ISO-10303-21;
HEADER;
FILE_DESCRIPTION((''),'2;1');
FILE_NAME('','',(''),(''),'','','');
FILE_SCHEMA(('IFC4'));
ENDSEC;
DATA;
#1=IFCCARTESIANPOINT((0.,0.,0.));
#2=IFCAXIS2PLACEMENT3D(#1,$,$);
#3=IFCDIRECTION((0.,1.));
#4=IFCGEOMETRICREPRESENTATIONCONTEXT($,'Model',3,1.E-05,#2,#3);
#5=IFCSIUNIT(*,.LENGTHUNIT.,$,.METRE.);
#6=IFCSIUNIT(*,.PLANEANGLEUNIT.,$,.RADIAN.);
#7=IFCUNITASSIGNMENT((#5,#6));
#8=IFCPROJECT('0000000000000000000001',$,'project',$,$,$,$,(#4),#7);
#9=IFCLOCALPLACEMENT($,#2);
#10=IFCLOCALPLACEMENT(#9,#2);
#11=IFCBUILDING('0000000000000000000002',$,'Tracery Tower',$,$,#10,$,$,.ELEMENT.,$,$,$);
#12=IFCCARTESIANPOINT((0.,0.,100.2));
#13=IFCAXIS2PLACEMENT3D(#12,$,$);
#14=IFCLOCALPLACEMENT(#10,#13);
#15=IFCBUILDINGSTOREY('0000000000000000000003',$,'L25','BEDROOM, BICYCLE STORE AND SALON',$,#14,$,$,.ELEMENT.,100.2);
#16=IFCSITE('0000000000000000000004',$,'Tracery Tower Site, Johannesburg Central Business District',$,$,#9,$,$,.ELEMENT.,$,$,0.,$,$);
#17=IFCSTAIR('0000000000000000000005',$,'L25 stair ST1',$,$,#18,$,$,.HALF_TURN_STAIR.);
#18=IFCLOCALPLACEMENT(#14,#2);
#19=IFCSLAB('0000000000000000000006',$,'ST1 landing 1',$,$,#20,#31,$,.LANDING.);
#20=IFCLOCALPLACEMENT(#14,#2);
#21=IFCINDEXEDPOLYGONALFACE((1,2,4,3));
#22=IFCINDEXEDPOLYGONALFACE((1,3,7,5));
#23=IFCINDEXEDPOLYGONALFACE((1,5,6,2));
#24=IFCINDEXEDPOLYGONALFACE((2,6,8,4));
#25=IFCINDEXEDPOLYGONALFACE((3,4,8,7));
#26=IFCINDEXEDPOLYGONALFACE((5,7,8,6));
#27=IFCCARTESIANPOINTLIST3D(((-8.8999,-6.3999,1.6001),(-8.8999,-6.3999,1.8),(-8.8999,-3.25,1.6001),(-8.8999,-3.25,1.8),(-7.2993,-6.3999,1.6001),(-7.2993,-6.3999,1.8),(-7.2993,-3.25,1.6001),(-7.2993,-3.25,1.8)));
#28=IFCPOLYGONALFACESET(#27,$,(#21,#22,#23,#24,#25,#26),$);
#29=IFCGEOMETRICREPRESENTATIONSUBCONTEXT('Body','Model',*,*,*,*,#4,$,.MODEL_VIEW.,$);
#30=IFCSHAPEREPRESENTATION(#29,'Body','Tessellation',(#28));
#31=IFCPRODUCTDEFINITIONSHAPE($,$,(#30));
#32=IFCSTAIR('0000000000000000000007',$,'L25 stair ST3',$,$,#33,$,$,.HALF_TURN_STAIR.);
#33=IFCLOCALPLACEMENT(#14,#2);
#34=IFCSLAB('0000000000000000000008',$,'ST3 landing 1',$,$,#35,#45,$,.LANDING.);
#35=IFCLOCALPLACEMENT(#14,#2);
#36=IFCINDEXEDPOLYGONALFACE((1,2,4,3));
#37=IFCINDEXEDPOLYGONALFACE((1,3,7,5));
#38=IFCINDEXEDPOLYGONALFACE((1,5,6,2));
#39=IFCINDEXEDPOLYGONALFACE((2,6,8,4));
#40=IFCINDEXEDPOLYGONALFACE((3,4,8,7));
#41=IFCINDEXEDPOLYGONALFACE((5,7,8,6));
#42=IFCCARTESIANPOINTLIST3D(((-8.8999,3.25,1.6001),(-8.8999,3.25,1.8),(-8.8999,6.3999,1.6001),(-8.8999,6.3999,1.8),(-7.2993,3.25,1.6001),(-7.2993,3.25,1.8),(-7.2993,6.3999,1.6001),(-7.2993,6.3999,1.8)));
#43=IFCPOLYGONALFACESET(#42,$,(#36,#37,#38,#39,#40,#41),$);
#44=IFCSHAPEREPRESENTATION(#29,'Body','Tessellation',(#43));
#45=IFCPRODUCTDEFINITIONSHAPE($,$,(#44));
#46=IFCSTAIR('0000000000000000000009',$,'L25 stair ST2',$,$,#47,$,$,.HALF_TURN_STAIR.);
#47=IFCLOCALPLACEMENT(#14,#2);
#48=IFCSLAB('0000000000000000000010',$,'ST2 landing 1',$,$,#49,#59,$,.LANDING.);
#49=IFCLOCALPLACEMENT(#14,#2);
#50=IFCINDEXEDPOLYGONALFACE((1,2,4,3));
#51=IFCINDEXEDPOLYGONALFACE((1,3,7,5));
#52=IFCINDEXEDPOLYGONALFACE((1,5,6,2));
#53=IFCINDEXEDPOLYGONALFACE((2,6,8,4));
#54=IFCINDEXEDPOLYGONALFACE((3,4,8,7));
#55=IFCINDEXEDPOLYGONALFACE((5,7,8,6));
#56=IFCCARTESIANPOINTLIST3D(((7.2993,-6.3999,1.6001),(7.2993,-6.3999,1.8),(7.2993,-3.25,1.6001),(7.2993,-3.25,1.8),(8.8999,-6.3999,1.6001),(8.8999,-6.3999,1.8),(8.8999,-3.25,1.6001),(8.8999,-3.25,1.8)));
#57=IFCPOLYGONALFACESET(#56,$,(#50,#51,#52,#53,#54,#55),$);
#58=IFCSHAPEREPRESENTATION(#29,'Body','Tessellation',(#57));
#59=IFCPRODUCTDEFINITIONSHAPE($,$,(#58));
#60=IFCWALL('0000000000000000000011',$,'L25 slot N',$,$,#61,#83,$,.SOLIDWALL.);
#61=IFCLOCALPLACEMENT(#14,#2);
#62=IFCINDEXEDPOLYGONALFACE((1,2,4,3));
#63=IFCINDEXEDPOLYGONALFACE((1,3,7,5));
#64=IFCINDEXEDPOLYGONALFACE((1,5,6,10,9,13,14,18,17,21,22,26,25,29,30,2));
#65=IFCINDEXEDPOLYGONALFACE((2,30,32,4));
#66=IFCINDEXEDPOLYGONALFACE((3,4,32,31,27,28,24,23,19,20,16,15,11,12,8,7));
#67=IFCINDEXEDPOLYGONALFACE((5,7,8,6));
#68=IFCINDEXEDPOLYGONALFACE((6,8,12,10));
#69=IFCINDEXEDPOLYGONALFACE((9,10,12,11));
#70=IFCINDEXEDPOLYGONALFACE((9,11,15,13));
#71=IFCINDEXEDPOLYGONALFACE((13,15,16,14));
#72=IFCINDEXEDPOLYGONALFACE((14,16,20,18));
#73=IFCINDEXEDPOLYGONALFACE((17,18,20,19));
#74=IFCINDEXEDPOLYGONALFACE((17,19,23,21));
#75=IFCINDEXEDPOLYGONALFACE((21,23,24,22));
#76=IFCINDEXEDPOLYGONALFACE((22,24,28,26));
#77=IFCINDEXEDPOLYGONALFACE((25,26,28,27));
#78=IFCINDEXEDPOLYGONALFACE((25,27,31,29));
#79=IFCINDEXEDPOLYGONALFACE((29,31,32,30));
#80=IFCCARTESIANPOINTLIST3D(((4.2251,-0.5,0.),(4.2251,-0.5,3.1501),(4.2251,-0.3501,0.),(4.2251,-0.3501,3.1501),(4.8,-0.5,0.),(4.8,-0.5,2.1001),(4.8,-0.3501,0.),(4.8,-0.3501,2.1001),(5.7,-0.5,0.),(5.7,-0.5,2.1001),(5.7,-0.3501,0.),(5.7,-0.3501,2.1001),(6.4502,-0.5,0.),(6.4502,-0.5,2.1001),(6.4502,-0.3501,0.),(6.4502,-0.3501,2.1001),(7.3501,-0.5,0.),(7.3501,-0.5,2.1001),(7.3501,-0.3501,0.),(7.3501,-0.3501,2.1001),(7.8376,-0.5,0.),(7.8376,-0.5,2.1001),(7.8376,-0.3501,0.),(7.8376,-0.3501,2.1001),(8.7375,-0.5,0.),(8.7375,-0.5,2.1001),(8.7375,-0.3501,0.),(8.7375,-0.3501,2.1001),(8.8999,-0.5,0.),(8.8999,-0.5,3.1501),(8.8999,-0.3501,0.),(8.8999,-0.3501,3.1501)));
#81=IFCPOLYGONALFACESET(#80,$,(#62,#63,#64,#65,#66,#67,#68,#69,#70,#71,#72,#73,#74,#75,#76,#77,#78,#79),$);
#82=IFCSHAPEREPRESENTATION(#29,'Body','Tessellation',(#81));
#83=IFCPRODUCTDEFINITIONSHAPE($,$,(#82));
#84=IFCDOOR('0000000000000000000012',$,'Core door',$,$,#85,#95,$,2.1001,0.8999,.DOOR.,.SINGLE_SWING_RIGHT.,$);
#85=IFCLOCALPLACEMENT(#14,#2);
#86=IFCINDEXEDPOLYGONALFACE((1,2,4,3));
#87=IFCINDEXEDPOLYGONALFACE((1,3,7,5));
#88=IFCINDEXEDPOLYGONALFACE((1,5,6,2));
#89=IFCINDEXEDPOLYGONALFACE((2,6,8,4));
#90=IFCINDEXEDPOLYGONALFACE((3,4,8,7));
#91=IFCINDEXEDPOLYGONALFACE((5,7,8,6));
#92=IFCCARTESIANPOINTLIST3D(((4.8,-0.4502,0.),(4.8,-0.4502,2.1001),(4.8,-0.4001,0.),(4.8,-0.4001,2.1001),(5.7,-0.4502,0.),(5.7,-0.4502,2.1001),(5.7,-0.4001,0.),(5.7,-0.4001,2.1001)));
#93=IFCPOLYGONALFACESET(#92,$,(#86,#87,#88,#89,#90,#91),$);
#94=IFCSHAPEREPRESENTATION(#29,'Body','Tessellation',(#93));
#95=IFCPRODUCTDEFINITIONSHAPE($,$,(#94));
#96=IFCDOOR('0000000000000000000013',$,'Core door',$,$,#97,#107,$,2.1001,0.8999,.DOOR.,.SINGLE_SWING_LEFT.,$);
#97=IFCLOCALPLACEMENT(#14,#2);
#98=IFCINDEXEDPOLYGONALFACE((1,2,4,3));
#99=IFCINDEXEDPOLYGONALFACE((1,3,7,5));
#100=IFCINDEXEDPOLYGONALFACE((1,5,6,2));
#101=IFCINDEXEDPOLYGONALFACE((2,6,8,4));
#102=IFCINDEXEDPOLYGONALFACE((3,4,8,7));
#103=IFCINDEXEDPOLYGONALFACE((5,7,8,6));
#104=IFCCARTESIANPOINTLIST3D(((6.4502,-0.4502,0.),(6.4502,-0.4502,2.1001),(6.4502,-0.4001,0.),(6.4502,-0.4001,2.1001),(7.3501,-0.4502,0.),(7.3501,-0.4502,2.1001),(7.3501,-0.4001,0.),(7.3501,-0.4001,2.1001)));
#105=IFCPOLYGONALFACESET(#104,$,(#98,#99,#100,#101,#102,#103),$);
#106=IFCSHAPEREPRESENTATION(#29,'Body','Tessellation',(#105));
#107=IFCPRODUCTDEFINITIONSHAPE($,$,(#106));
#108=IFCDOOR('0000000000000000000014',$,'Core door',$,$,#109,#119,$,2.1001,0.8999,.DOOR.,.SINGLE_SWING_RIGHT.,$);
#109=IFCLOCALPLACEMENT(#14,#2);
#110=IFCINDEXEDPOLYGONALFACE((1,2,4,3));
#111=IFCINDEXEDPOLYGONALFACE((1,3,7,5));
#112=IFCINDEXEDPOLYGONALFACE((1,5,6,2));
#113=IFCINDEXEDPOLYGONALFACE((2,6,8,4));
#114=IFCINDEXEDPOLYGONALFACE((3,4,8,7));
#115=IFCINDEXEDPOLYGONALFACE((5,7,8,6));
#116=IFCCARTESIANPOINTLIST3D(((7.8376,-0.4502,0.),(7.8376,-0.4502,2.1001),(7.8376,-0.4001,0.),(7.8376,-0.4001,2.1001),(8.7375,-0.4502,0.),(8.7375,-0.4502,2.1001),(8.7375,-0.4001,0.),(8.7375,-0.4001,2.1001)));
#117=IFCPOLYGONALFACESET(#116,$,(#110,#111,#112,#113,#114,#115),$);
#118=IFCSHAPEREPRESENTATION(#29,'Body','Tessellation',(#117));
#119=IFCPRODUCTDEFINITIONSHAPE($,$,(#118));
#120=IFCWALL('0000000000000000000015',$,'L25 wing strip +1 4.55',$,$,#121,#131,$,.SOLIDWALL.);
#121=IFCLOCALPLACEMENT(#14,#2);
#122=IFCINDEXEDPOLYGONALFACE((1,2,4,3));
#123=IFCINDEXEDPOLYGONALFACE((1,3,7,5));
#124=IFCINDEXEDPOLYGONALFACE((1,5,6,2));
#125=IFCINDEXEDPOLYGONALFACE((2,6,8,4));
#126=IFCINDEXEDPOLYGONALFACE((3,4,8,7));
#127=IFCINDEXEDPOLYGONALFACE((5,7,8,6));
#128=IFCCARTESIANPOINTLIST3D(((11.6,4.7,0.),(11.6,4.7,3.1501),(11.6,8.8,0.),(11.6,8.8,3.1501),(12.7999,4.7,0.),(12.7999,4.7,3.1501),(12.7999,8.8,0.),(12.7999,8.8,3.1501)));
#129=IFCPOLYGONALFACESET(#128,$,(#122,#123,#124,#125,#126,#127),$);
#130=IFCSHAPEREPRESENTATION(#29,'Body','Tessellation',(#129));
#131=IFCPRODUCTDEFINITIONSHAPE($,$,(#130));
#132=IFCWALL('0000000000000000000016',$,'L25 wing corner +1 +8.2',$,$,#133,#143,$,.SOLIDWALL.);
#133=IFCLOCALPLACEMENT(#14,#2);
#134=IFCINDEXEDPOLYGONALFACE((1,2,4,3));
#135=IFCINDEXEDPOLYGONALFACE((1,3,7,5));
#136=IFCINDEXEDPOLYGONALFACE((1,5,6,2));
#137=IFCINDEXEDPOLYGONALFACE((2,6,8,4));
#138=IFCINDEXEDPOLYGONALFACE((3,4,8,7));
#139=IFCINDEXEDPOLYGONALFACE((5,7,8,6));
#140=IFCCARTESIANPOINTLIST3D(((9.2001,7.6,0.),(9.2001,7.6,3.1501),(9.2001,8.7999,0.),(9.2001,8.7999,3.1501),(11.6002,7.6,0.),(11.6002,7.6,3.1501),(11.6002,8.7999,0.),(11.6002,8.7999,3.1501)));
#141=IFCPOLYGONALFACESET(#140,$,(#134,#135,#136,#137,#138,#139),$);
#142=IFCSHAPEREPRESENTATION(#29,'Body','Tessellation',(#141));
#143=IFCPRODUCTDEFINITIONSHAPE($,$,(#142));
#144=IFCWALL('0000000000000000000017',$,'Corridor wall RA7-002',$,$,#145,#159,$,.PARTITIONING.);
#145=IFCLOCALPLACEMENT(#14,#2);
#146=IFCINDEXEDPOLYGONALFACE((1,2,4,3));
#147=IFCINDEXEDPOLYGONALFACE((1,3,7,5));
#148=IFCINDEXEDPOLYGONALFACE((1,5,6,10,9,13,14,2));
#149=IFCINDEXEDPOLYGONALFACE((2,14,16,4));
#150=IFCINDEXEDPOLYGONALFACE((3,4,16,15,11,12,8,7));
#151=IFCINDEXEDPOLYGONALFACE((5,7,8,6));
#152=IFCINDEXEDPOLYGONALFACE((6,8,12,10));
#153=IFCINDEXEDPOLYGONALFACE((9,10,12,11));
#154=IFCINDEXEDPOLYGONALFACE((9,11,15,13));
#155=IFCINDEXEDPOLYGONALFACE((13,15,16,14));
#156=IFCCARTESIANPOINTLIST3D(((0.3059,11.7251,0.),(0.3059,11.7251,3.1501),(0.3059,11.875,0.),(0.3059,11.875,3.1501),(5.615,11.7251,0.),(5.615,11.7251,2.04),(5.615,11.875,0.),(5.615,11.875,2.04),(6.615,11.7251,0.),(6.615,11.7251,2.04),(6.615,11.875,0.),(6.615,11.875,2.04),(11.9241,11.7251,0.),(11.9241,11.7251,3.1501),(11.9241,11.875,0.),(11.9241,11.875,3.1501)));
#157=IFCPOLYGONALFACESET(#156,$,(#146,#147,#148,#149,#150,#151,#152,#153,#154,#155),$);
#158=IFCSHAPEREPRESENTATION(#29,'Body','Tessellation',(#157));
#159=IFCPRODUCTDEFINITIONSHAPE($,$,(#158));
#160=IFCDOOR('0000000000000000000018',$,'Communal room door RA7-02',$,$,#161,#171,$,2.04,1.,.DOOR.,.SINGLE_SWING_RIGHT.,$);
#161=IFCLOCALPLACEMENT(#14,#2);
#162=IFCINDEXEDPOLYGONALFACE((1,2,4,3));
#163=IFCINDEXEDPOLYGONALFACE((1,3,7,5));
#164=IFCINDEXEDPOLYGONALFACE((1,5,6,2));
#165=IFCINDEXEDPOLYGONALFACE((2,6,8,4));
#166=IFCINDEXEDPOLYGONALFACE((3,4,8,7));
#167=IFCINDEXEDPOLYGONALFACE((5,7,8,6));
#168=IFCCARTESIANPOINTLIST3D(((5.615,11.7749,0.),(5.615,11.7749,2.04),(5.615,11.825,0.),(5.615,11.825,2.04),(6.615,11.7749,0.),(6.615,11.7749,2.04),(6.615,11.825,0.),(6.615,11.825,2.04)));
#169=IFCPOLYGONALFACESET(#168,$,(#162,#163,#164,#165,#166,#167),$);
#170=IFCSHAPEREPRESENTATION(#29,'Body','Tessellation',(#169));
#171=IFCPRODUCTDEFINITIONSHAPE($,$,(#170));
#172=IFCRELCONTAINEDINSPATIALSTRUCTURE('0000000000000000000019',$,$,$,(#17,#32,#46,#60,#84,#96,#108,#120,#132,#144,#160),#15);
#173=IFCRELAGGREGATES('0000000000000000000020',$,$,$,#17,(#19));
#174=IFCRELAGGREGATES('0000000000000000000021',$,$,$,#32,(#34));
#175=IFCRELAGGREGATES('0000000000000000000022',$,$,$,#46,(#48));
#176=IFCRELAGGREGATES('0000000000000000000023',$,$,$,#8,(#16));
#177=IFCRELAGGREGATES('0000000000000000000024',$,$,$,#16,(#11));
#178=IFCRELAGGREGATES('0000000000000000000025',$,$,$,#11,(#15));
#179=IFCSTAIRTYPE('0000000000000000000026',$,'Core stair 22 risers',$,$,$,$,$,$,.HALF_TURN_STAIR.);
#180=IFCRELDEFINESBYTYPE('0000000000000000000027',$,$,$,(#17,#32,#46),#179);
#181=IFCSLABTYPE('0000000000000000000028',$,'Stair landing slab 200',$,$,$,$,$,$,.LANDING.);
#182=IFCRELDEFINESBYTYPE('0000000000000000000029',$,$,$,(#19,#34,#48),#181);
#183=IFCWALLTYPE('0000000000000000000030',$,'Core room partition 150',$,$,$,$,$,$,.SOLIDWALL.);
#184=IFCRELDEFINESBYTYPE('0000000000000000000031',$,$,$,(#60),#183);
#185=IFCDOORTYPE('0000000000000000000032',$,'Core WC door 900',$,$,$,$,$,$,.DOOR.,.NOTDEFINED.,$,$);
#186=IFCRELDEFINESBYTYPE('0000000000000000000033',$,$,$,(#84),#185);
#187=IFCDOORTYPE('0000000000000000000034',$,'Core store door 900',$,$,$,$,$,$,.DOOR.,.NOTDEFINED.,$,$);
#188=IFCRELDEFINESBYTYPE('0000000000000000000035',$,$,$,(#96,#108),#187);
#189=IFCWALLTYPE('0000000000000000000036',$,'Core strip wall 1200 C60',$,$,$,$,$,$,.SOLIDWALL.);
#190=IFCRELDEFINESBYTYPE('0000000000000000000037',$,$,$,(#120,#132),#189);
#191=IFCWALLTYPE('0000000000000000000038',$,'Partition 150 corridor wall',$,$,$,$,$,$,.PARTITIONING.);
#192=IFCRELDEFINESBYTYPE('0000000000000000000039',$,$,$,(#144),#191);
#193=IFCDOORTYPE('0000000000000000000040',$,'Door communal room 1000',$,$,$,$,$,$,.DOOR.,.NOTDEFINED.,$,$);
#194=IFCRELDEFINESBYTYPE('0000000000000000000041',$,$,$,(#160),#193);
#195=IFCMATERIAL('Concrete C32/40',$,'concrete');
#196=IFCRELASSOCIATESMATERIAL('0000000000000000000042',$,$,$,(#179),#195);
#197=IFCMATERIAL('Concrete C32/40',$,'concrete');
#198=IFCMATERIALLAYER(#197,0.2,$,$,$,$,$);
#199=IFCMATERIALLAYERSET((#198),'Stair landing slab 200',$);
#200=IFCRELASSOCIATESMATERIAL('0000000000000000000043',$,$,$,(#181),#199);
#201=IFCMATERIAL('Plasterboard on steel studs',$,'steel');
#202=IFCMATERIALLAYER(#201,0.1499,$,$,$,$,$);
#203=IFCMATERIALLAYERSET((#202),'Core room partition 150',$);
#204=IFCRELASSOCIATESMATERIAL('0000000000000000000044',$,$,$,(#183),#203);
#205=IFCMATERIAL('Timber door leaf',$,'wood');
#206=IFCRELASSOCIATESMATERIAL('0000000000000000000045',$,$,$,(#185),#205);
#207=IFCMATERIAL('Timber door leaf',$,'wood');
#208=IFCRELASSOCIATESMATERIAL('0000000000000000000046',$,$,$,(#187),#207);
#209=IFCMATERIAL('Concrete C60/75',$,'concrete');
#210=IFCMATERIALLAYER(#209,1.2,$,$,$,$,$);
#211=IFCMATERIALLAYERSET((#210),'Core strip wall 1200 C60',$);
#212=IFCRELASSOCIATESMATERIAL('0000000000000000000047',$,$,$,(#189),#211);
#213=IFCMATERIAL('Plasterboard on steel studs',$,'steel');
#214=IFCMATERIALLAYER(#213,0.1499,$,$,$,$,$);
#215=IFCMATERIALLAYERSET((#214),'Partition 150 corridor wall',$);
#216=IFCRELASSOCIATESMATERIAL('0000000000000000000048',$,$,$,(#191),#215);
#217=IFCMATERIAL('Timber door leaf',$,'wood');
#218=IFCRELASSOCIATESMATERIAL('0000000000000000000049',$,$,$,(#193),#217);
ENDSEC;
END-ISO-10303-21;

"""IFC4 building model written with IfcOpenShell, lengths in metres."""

from ifc_helpers import new_model, si_unit, direction, frame, frame_2d, origin, place, context, subcontext, project, spatial, polyline, rectangle, outline, extrude, material, layer, layer_set, type_object, element, fill, aggregate, save


model = new_model("IFC4")

# Units and contexts
model_context = context("Model", 3, precision=1e-05, world=origin(), true_north=direction((0.0, 1.0)))
body_context = subcontext(model_context, "Body", "Model", "MODEL_VIEW")
ifc_project = project(units=[si_unit("LENGTHUNIT", "METRE"), si_unit("PLANEANGLEUNIT", "RADIAN")], contexts=[model_context])

# Site, building, storey
site_placement = place(None, origin())
site = spatial("IfcSite", under=ifc_project, at=site_placement, Name="Tracery Tower Site, Johannesburg Central Business District", CompositionType="ELEMENT", RefElevation=0.0)
building_placement = place(site_placement, origin())
building = spatial("IfcBuilding", under=site, at=building_placement, Name="Tracery Tower", CompositionType="ELEMENT")
storey_placement = place(building_placement, frame((0.0, 0.0, 100.2)))
storey = spatial("IfcBuildingStorey", under=building, at=storey_placement, Name="L25", Description="BEDROOM, BICYCLE STORE AND SALON", CompositionType="ELEMENT", Elevation=100.2)

# Stairs, slabs
ifc_material_1 = material(Name="Concrete C32/40", Category="concrete")
stair_type = type_object("IfcStairType", Name="Core stair 22 risers", PredefinedType="HALF_TURN_STAIR", material=ifc_material_1)
stair_1_placement = place(storey_placement, origin())
stair_1 = element("IfcStair", 1, at=stair_1_placement, inside=storey, type_object=stair_type, Name="L25 stair ST1", PredefinedType="HALF_TURN_STAIR")
ifc_material_2 = material(Name="Concrete C32/40", Category="concrete")
ifc_layer_1 = layer(ifc_material_2, 0.2)
ifc_layer_set_1 = layer_set([ifc_layer_1], Name="Stair landing slab 200")
slab_type_1 = type_object("IfcSlabType", Name="Stair landing slab 200", PredefinedType="LANDING", material=ifc_layer_set_1)
slab_1_placement = place(storey_placement, frame((0.0, 0.0, 1.6001)))
slab_1 = element("IfcSlab", 2, at=slab_1_placement, type_object=slab_type_1, Name="ST1 landing 1", PredefinedType="LANDING", context=body_context, shape_type="SweptSolid", body=[
    extrude(outline(polyline([(-7.2993, -3.25), (-8.8999, -3.25), (-8.8999, -6.3999), (-7.2993, -6.3999), (-7.2993, -3.25)])), origin(), (0.0, 0.0, 1.0), 0.2),
])
aggregate(stair_1, [slab_1])
stair_2_placement = place(storey_placement, origin())
stair_2 = element("IfcStair", 3, at=stair_2_placement, inside=storey, type_object=stair_type, Name="L25 stair ST3", PredefinedType="HALF_TURN_STAIR")
slab_2_placement = place(storey_placement, frame((0.0, 0.0, 1.6001)))
slab_2 = element("IfcSlab", 4, at=slab_2_placement, type_object=slab_type_1, Name="ST3 landing 1", PredefinedType="LANDING", context=body_context, shape_type="SweptSolid", body=[
    extrude(outline(polyline([(-7.2993, 6.3999), (-8.8999, 6.3999), (-8.8999, 3.25), (-7.2993, 3.25), (-7.2993, 6.3999)])), origin(), (0.0, 0.0, 1.0), 0.2),
])
aggregate(stair_2, [slab_2])
stair_3_placement = place(storey_placement, origin())
stair_3 = element("IfcStair", 5, at=stair_3_placement, inside=storey, type_object=stair_type, Name="L25 stair ST2", PredefinedType="HALF_TURN_STAIR")
slab_3_placement = place(storey_placement, frame((0.0, 0.0, 1.6001)))
slab_3 = element("IfcSlab", 6, at=slab_3_placement, type_object=slab_type_1, Name="ST2 landing 1", PredefinedType="LANDING", context=body_context, shape_type="SweptSolid", body=[
    extrude(outline(polyline([(7.2993, -6.3999), (8.8999, -6.3999), (8.8999, -3.25), (7.2993, -3.25), (7.2993, -6.3999)])), origin(), (0.0, 0.0, 1.0), 0.2),
])
aggregate(stair_3, [slab_3])

# Wall, openings, doors
ifc_material_3 = material(Name="Plasterboard on steel studs", Category="steel")
ifc_layer_2 = layer(ifc_material_3, 0.1499)
ifc_layer_set_2 = layer_set([ifc_layer_2], Name="Core room partition 150")
wall_type_1 = type_object("IfcWallType", Name="Core room partition 150", PredefinedType="SOLIDWALL", material=ifc_layer_set_2)
wall_1_placement = place(storey_placement, frame((4.2251, -0.425, 0.0), z_axis=(0.0, 0.0, 1.0), x_axis=(1.0, 0.0, 0.0)))
wall_1 = element("IfcWall", 7, at=wall_1_placement, inside=storey, type_object=wall_type_1, Name="L25 slot N", PredefinedType="SOLIDWALL", context=body_context, shape_type="SweptSolid", body=[
    extrude(rectangle(XDim=4.6748, YDim=0.1499, at=frame_2d((2.3374, 0.0))), origin(), (0.0, 0.0, 1.0), 3.1501),
])
opening_1_placement = place(wall_1_placement, frame((0.575, 0.0, 0.0)))
opening_1 = element("IfcOpeningElement", 8, at=opening_1_placement, cuts=wall_1, PredefinedType="OPENING", context=body_context, shape_type="SweptSolid", body=[
    extrude(rectangle(XDim=0.8999, YDim=2.1001, at=frame_2d((0.45, 1.05))), frame((0.0, 0.075, 0.0), z_axis=(0.0, -1.0, 0.0), x_axis=(1.0, 0.0, 0.0)), (0.0, 0.0, 1.0), 0.1499),
])
opening_2_placement = place(wall_1_placement, frame((2.2251, 0.0, 0.0)))
opening_2 = element("IfcOpeningElement", 9, at=opening_2_placement, cuts=wall_1, PredefinedType="OPENING", context=body_context, shape_type="SweptSolid", body=[
    extrude(rectangle(XDim=0.8999, YDim=2.1001, at=frame_2d((0.45, 1.05))), frame((0.0, 0.075, 0.0), z_axis=(0.0, -1.0, 0.0), x_axis=(1.0, 0.0, 0.0)), (0.0, 0.0, 1.0), 0.1499),
])
opening_3_placement = place(wall_1_placement, frame((3.6125, 0.0, 0.0)))
opening_3 = element("IfcOpeningElement", 10, at=opening_3_placement, cuts=wall_1, PredefinedType="OPENING", context=body_context, shape_type="SweptSolid", body=[
    extrude(rectangle(XDim=0.8999, YDim=2.1001, at=frame_2d((0.45, 1.05))), frame((0.0, 0.075, 0.0), z_axis=(0.0, -1.0, 0.0), x_axis=(1.0, 0.0, 0.0)), (0.0, 0.0, 1.0), 0.1499),
])
ifc_material_4 = material(Name="Timber door leaf", Category="wood")
door_type_1 = type_object("IfcDoorType", Name="Core WC door 900", OperationType="NOTDEFINED", PredefinedType="DOOR", material=ifc_material_4)
door_1_placement = place(opening_1_placement, origin())
door_1 = element("IfcDoor", 11, at=door_1_placement, inside=storey, type_object=door_type_1, Name="Core door", OperationType="SINGLE_SWING_RIGHT", OverallHeight=2.1001, OverallWidth=0.8999, PredefinedType="DOOR", context=body_context, shape_type="SweptSolid", body=[
    extrude(rectangle(XDim=0.8999, YDim=2.1001, at=frame_2d((0.45, 1.05))), frame((0.0, 0.0249, 0.0), z_axis=(0.0, -1.0, 0.0), x_axis=(1.0, 0.0, 0.0)), (0.0, 0.0, 1.0), 0.05),
])
fill(opening_1, door_1)
ifc_material_5 = material(Name="Timber door leaf", Category="wood")
door_type_2 = type_object("IfcDoorType", Name="Core store door 900", OperationType="NOTDEFINED", PredefinedType="DOOR", material=ifc_material_5)
door_2_placement = place(opening_2_placement, origin())
door_2 = element("IfcDoor", 12, at=door_2_placement, inside=storey, type_object=door_type_2, Name="Core door", OperationType="SINGLE_SWING_LEFT", OverallHeight=2.1001, OverallWidth=0.8999, PredefinedType="DOOR", context=body_context, shape_type="SweptSolid", body=[
    extrude(rectangle(XDim=0.8999, YDim=2.1001, at=frame_2d((0.45, 1.05))), frame((0.0, 0.0249, 0.0), z_axis=(0.0, -1.0, 0.0), x_axis=(1.0, 0.0, 0.0)), (0.0, 0.0, 1.0), 0.05),
])
fill(opening_2, door_2)
door_3_placement = place(opening_3_placement, origin())
door_3 = element("IfcDoor", 13, at=door_3_placement, inside=storey, type_object=door_type_2, Name="Core door", OperationType="SINGLE_SWING_RIGHT", OverallHeight=2.1001, OverallWidth=0.8999, PredefinedType="DOOR", context=body_context, shape_type="SweptSolid", body=[
    extrude(rectangle(XDim=0.8999, YDim=2.1001, at=frame_2d((0.45, 1.05))), frame((0.0, 0.0249, 0.0), z_axis=(0.0, -1.0, 0.0), x_axis=(1.0, 0.0, 0.0)), (0.0, 0.0, 1.0), 0.05),
])
fill(opening_3, door_3)

# Walls
ifc_material_6 = material(Name="Concrete C60/75", Category="concrete")
ifc_layer_3 = layer(ifc_material_6, 1.2)
ifc_layer_set_3 = layer_set([ifc_layer_3], Name="Core strip wall 1200 C60")
wall_type_2 = type_object("IfcWallType", Name="Core strip wall 1200 C60", PredefinedType="SOLIDWALL", material=ifc_layer_set_3)
wall_2_placement = place(storey_placement, frame((12.2, 4.7, 0.0), z_axis=(0.0, 0.0, 1.0), x_axis=(0.0, 1.0, 0.0)))
element("IfcWall", 14, at=wall_2_placement, inside=storey, type_object=wall_type_2, Name="L25 wing strip +1 4.55", PredefinedType="SOLIDWALL", context=body_context, shape_type="SweptSolid", body=[
    extrude(rectangle(XDim=4.1001, YDim=1.2, at=frame_2d((2.05, 0.0))), origin(), (0.0, 0.0, 1.0), 3.1501),
])
wall_3_placement = place(storey_placement, frame((9.2, 8.2, 0.0), z_axis=(0.0, 0.0, 1.0), x_axis=(1.0, 0.0, 0.0)))
element("IfcWall", 15, at=wall_3_placement, inside=storey, type_object=wall_type_2, Name="L25 wing corner +1 +8.2", PredefinedType="SOLIDWALL", context=body_context, shape_type="SweptSolid", body=[
    extrude(rectangle(XDim=2.4001, YDim=1.2, at=frame_2d((1.2002, 0.0))), origin(), (0.0, 0.0, 1.0), 3.1501),
])

# Wall, opening, door
ifc_material_7 = material(Name="Plasterboard on steel studs", Category="steel")
ifc_layer_4 = layer(ifc_material_7, 0.1499)
ifc_layer_set_4 = layer_set([ifc_layer_4], Name="Partition 150 corridor wall")
wall_type_3 = type_object("IfcWallType", Name="Partition 150 corridor wall", PredefinedType="PARTITIONING", material=ifc_layer_set_4)
wall_4_placement = place(storey_placement, frame((0.3059, 11.8, 0.0), z_axis=(0.0, 0.0, 1.0), x_axis=(1.0, 0.0, 0.0)))
wall_4 = element("IfcWall", 16, at=wall_4_placement, inside=storey, type_object=wall_type_3, Name="Corridor wall RA7-002", PredefinedType="PARTITIONING", context=body_context, shape_type="SweptSolid", body=[
    extrude(rectangle(XDim=11.6182, YDim=0.1499, at=frame_2d((5.8091, 0.0))), origin(), (0.0, 0.0, 1.0), 3.1501),
])
opening_4_placement = place(wall_4_placement, frame((5.3091, 0.0, 0.0)))
opening_4 = element("IfcOpeningElement", 17, at=opening_4_placement, cuts=wall_4, PredefinedType="OPENING", context=body_context, shape_type="SweptSolid", body=[
    extrude(rectangle(XDim=1.0, YDim=2.04, at=frame_2d((0.5, 1.02))), frame((0.0, 0.075, 0.0), z_axis=(0.0, -1.0, 0.0), x_axis=(1.0, 0.0, 0.0)), (0.0, 0.0, 1.0), 0.1499),
])
ifc_material_8 = material(Name="Timber door leaf", Category="wood")
door_type_3 = type_object("IfcDoorType", Name="Door communal room 1000", OperationType="NOTDEFINED", PredefinedType="DOOR", material=ifc_material_8)
door_4_placement = place(opening_4_placement, origin())
door_4 = element("IfcDoor", 18, at=door_4_placement, inside=storey, type_object=door_type_3, Name="Communal room door RA7-02", OperationType="SINGLE_SWING_RIGHT", OverallHeight=2.04, OverallWidth=1.0, PredefinedType="DOOR", context=body_context, shape_type="SweptSolid", body=[
    extrude(rectangle(XDim=1.0, YDim=2.04, at=frame_2d((0.5, 1.02))), frame((0.0, 0.0249, 0.0), z_axis=(0.0, -1.0, 0.0), x_axis=(1.0, 0.0, 0.0)), (0.0, 0.0, 1.0), 0.05),
])
fill(opening_4, door_4)

save(model, "model.ifc")
